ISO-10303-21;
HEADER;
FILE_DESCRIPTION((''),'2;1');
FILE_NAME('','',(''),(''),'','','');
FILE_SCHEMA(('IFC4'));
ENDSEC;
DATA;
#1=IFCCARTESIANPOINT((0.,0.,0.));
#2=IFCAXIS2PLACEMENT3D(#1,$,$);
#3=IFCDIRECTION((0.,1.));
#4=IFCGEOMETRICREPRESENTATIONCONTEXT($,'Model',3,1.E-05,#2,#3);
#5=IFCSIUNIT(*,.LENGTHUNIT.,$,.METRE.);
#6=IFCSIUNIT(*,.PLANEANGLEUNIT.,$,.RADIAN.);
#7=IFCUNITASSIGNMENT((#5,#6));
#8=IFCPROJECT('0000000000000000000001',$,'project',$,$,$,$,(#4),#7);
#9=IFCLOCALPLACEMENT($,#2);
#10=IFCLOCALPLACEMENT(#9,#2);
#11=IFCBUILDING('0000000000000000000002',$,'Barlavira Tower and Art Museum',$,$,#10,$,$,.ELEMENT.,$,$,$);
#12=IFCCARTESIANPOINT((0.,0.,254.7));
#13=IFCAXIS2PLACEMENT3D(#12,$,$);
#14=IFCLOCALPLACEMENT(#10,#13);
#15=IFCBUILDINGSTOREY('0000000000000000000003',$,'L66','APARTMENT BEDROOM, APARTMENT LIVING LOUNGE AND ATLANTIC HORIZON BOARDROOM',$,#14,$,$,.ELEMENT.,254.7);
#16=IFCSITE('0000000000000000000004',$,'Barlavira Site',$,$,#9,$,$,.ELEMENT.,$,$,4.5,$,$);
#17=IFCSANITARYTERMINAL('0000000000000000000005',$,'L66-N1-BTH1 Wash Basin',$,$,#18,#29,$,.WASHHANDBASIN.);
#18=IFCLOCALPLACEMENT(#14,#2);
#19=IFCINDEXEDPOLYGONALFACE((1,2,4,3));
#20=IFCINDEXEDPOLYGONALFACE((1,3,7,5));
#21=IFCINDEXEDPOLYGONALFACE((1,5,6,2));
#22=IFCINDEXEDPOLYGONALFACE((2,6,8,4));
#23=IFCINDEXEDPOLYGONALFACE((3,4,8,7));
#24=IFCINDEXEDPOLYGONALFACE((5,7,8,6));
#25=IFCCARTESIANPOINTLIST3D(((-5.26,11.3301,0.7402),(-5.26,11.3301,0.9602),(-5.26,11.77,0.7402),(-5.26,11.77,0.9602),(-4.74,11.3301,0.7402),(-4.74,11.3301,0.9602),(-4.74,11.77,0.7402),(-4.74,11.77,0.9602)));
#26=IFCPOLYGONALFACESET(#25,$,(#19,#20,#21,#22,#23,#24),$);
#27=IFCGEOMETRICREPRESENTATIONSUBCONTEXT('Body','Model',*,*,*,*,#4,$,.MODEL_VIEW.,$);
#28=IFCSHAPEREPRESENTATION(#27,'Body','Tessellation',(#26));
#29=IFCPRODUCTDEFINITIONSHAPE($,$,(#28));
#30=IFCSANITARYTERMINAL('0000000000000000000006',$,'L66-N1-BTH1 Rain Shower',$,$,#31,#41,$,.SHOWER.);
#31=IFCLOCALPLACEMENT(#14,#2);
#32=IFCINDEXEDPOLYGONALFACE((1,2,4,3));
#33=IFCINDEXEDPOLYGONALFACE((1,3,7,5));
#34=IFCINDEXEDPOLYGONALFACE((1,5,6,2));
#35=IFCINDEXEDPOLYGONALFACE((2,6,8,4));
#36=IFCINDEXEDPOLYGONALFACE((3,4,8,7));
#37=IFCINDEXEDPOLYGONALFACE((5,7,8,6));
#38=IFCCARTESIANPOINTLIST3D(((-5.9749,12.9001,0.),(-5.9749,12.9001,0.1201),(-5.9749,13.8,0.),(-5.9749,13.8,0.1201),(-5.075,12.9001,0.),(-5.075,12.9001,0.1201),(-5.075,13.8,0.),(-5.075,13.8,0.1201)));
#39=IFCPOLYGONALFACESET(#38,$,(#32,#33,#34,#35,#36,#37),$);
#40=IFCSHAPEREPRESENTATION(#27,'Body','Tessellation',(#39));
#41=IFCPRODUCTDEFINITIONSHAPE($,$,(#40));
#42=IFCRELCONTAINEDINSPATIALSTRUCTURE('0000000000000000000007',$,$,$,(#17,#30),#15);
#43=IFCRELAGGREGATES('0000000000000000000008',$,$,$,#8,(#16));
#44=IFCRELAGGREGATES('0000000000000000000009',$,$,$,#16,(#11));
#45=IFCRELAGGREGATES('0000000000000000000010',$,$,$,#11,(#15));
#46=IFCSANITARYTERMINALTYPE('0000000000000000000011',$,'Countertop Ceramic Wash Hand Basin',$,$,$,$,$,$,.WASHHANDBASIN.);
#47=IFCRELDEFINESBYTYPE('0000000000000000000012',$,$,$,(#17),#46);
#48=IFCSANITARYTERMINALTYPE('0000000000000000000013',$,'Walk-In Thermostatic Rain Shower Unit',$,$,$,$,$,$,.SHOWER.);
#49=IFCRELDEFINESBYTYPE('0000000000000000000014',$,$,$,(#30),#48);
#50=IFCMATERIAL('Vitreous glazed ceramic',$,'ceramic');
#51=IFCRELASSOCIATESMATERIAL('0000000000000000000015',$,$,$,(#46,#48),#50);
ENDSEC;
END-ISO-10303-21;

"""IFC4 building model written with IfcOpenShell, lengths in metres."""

from ifc_helpers import new_model, si_unit, direction, frame, origin, origin_2d, place, context, subcontext, project, spatial, rectangle, extrude, material, type_object, element, save


model = new_model("IFC4")

# Units and contexts
model_context = context("Model", 3, precision=1e-05, world=origin(), true_north=direction((0.0, 1.0)))
body_context = subcontext(model_context, "Body", "Model", "MODEL_VIEW")
ifc_project = project(units=[si_unit("LENGTHUNIT", "METRE"), si_unit("PLANEANGLEUNIT", "RADIAN")], contexts=[model_context])

# Site, building, storey
site_placement = place(None, origin())
site = spatial("IfcSite", under=ifc_project, at=site_placement, Name="Barlavira Site", CompositionType="ELEMENT", RefElevation=4.5)
building_placement = place(site_placement, origin())
building = spatial("IfcBuilding", under=site, at=building_placement, Name="Barlavira Tower and Art Museum", CompositionType="ELEMENT")
storey_placement = place(building_placement, frame((0.0, 0.0, 254.7)))
storey = spatial("IfcBuildingStorey", under=building, at=storey_placement, Name="L66", Description="APARTMENT BEDROOM, APARTMENT LIVING LOUNGE AND ATLANTIC HORIZON BOARDROOM", CompositionType="ELEMENT", Elevation=254.7)

# Sanitary terminals
ifc_material_1 = material(Name="Vitreous glazed ceramic", Category="ceramic")
sanitary_terminal_type_1 = type_object("IfcSanitaryTerminalType", Name="Countertop Ceramic Wash Hand Basin", PredefinedType="WASHHANDBASIN", material=ifc_material_1)
sanitary_terminal_1_placement = place(storey_placement, frame((-5.0, 11.55, 0.7402), z_axis=(0.0, 0.0, 1.0), x_axis=(1.0, 0.0, 0.0)))
element("IfcSanitaryTerminal", 1, at=sanitary_terminal_1_placement, inside=storey, type_object=sanitary_terminal_type_1, Name="L66-N1-BTH1 Wash Basin", PredefinedType="WASHHANDBASIN", context=body_context, shape_type="SweptSolid", body=[
    extrude(rectangle(XDim=0.52, YDim=0.4399, at=origin_2d()), origin(), (0.0, 0.0, 1.0), 0.22),
])
sanitary_terminal_type_2 = type_object("IfcSanitaryTerminalType", Name="Walk-In Thermostatic Rain Shower Unit", PredefinedType="SHOWER", material=ifc_material_1)
sanitary_terminal_2_placement = place(storey_placement, frame((-5.5249, 13.3501, 0.0), z_axis=(0.0, 0.0, 1.0), x_axis=(1.0, 0.0, 0.0)))
element("IfcSanitaryTerminal", 2, at=sanitary_terminal_2_placement, inside=storey, type_object=sanitary_terminal_type_2, Name="L66-N1-BTH1 Rain Shower", PredefinedType="SHOWER", context=body_context, shape_type="SweptSolid", body=[
    extrude(rectangle(XDim=0.8999, YDim=0.8999, at=origin_2d()), origin(), (0.0, 0.0, 1.0), 0.1201),
])

save(model, "model.ifc")
